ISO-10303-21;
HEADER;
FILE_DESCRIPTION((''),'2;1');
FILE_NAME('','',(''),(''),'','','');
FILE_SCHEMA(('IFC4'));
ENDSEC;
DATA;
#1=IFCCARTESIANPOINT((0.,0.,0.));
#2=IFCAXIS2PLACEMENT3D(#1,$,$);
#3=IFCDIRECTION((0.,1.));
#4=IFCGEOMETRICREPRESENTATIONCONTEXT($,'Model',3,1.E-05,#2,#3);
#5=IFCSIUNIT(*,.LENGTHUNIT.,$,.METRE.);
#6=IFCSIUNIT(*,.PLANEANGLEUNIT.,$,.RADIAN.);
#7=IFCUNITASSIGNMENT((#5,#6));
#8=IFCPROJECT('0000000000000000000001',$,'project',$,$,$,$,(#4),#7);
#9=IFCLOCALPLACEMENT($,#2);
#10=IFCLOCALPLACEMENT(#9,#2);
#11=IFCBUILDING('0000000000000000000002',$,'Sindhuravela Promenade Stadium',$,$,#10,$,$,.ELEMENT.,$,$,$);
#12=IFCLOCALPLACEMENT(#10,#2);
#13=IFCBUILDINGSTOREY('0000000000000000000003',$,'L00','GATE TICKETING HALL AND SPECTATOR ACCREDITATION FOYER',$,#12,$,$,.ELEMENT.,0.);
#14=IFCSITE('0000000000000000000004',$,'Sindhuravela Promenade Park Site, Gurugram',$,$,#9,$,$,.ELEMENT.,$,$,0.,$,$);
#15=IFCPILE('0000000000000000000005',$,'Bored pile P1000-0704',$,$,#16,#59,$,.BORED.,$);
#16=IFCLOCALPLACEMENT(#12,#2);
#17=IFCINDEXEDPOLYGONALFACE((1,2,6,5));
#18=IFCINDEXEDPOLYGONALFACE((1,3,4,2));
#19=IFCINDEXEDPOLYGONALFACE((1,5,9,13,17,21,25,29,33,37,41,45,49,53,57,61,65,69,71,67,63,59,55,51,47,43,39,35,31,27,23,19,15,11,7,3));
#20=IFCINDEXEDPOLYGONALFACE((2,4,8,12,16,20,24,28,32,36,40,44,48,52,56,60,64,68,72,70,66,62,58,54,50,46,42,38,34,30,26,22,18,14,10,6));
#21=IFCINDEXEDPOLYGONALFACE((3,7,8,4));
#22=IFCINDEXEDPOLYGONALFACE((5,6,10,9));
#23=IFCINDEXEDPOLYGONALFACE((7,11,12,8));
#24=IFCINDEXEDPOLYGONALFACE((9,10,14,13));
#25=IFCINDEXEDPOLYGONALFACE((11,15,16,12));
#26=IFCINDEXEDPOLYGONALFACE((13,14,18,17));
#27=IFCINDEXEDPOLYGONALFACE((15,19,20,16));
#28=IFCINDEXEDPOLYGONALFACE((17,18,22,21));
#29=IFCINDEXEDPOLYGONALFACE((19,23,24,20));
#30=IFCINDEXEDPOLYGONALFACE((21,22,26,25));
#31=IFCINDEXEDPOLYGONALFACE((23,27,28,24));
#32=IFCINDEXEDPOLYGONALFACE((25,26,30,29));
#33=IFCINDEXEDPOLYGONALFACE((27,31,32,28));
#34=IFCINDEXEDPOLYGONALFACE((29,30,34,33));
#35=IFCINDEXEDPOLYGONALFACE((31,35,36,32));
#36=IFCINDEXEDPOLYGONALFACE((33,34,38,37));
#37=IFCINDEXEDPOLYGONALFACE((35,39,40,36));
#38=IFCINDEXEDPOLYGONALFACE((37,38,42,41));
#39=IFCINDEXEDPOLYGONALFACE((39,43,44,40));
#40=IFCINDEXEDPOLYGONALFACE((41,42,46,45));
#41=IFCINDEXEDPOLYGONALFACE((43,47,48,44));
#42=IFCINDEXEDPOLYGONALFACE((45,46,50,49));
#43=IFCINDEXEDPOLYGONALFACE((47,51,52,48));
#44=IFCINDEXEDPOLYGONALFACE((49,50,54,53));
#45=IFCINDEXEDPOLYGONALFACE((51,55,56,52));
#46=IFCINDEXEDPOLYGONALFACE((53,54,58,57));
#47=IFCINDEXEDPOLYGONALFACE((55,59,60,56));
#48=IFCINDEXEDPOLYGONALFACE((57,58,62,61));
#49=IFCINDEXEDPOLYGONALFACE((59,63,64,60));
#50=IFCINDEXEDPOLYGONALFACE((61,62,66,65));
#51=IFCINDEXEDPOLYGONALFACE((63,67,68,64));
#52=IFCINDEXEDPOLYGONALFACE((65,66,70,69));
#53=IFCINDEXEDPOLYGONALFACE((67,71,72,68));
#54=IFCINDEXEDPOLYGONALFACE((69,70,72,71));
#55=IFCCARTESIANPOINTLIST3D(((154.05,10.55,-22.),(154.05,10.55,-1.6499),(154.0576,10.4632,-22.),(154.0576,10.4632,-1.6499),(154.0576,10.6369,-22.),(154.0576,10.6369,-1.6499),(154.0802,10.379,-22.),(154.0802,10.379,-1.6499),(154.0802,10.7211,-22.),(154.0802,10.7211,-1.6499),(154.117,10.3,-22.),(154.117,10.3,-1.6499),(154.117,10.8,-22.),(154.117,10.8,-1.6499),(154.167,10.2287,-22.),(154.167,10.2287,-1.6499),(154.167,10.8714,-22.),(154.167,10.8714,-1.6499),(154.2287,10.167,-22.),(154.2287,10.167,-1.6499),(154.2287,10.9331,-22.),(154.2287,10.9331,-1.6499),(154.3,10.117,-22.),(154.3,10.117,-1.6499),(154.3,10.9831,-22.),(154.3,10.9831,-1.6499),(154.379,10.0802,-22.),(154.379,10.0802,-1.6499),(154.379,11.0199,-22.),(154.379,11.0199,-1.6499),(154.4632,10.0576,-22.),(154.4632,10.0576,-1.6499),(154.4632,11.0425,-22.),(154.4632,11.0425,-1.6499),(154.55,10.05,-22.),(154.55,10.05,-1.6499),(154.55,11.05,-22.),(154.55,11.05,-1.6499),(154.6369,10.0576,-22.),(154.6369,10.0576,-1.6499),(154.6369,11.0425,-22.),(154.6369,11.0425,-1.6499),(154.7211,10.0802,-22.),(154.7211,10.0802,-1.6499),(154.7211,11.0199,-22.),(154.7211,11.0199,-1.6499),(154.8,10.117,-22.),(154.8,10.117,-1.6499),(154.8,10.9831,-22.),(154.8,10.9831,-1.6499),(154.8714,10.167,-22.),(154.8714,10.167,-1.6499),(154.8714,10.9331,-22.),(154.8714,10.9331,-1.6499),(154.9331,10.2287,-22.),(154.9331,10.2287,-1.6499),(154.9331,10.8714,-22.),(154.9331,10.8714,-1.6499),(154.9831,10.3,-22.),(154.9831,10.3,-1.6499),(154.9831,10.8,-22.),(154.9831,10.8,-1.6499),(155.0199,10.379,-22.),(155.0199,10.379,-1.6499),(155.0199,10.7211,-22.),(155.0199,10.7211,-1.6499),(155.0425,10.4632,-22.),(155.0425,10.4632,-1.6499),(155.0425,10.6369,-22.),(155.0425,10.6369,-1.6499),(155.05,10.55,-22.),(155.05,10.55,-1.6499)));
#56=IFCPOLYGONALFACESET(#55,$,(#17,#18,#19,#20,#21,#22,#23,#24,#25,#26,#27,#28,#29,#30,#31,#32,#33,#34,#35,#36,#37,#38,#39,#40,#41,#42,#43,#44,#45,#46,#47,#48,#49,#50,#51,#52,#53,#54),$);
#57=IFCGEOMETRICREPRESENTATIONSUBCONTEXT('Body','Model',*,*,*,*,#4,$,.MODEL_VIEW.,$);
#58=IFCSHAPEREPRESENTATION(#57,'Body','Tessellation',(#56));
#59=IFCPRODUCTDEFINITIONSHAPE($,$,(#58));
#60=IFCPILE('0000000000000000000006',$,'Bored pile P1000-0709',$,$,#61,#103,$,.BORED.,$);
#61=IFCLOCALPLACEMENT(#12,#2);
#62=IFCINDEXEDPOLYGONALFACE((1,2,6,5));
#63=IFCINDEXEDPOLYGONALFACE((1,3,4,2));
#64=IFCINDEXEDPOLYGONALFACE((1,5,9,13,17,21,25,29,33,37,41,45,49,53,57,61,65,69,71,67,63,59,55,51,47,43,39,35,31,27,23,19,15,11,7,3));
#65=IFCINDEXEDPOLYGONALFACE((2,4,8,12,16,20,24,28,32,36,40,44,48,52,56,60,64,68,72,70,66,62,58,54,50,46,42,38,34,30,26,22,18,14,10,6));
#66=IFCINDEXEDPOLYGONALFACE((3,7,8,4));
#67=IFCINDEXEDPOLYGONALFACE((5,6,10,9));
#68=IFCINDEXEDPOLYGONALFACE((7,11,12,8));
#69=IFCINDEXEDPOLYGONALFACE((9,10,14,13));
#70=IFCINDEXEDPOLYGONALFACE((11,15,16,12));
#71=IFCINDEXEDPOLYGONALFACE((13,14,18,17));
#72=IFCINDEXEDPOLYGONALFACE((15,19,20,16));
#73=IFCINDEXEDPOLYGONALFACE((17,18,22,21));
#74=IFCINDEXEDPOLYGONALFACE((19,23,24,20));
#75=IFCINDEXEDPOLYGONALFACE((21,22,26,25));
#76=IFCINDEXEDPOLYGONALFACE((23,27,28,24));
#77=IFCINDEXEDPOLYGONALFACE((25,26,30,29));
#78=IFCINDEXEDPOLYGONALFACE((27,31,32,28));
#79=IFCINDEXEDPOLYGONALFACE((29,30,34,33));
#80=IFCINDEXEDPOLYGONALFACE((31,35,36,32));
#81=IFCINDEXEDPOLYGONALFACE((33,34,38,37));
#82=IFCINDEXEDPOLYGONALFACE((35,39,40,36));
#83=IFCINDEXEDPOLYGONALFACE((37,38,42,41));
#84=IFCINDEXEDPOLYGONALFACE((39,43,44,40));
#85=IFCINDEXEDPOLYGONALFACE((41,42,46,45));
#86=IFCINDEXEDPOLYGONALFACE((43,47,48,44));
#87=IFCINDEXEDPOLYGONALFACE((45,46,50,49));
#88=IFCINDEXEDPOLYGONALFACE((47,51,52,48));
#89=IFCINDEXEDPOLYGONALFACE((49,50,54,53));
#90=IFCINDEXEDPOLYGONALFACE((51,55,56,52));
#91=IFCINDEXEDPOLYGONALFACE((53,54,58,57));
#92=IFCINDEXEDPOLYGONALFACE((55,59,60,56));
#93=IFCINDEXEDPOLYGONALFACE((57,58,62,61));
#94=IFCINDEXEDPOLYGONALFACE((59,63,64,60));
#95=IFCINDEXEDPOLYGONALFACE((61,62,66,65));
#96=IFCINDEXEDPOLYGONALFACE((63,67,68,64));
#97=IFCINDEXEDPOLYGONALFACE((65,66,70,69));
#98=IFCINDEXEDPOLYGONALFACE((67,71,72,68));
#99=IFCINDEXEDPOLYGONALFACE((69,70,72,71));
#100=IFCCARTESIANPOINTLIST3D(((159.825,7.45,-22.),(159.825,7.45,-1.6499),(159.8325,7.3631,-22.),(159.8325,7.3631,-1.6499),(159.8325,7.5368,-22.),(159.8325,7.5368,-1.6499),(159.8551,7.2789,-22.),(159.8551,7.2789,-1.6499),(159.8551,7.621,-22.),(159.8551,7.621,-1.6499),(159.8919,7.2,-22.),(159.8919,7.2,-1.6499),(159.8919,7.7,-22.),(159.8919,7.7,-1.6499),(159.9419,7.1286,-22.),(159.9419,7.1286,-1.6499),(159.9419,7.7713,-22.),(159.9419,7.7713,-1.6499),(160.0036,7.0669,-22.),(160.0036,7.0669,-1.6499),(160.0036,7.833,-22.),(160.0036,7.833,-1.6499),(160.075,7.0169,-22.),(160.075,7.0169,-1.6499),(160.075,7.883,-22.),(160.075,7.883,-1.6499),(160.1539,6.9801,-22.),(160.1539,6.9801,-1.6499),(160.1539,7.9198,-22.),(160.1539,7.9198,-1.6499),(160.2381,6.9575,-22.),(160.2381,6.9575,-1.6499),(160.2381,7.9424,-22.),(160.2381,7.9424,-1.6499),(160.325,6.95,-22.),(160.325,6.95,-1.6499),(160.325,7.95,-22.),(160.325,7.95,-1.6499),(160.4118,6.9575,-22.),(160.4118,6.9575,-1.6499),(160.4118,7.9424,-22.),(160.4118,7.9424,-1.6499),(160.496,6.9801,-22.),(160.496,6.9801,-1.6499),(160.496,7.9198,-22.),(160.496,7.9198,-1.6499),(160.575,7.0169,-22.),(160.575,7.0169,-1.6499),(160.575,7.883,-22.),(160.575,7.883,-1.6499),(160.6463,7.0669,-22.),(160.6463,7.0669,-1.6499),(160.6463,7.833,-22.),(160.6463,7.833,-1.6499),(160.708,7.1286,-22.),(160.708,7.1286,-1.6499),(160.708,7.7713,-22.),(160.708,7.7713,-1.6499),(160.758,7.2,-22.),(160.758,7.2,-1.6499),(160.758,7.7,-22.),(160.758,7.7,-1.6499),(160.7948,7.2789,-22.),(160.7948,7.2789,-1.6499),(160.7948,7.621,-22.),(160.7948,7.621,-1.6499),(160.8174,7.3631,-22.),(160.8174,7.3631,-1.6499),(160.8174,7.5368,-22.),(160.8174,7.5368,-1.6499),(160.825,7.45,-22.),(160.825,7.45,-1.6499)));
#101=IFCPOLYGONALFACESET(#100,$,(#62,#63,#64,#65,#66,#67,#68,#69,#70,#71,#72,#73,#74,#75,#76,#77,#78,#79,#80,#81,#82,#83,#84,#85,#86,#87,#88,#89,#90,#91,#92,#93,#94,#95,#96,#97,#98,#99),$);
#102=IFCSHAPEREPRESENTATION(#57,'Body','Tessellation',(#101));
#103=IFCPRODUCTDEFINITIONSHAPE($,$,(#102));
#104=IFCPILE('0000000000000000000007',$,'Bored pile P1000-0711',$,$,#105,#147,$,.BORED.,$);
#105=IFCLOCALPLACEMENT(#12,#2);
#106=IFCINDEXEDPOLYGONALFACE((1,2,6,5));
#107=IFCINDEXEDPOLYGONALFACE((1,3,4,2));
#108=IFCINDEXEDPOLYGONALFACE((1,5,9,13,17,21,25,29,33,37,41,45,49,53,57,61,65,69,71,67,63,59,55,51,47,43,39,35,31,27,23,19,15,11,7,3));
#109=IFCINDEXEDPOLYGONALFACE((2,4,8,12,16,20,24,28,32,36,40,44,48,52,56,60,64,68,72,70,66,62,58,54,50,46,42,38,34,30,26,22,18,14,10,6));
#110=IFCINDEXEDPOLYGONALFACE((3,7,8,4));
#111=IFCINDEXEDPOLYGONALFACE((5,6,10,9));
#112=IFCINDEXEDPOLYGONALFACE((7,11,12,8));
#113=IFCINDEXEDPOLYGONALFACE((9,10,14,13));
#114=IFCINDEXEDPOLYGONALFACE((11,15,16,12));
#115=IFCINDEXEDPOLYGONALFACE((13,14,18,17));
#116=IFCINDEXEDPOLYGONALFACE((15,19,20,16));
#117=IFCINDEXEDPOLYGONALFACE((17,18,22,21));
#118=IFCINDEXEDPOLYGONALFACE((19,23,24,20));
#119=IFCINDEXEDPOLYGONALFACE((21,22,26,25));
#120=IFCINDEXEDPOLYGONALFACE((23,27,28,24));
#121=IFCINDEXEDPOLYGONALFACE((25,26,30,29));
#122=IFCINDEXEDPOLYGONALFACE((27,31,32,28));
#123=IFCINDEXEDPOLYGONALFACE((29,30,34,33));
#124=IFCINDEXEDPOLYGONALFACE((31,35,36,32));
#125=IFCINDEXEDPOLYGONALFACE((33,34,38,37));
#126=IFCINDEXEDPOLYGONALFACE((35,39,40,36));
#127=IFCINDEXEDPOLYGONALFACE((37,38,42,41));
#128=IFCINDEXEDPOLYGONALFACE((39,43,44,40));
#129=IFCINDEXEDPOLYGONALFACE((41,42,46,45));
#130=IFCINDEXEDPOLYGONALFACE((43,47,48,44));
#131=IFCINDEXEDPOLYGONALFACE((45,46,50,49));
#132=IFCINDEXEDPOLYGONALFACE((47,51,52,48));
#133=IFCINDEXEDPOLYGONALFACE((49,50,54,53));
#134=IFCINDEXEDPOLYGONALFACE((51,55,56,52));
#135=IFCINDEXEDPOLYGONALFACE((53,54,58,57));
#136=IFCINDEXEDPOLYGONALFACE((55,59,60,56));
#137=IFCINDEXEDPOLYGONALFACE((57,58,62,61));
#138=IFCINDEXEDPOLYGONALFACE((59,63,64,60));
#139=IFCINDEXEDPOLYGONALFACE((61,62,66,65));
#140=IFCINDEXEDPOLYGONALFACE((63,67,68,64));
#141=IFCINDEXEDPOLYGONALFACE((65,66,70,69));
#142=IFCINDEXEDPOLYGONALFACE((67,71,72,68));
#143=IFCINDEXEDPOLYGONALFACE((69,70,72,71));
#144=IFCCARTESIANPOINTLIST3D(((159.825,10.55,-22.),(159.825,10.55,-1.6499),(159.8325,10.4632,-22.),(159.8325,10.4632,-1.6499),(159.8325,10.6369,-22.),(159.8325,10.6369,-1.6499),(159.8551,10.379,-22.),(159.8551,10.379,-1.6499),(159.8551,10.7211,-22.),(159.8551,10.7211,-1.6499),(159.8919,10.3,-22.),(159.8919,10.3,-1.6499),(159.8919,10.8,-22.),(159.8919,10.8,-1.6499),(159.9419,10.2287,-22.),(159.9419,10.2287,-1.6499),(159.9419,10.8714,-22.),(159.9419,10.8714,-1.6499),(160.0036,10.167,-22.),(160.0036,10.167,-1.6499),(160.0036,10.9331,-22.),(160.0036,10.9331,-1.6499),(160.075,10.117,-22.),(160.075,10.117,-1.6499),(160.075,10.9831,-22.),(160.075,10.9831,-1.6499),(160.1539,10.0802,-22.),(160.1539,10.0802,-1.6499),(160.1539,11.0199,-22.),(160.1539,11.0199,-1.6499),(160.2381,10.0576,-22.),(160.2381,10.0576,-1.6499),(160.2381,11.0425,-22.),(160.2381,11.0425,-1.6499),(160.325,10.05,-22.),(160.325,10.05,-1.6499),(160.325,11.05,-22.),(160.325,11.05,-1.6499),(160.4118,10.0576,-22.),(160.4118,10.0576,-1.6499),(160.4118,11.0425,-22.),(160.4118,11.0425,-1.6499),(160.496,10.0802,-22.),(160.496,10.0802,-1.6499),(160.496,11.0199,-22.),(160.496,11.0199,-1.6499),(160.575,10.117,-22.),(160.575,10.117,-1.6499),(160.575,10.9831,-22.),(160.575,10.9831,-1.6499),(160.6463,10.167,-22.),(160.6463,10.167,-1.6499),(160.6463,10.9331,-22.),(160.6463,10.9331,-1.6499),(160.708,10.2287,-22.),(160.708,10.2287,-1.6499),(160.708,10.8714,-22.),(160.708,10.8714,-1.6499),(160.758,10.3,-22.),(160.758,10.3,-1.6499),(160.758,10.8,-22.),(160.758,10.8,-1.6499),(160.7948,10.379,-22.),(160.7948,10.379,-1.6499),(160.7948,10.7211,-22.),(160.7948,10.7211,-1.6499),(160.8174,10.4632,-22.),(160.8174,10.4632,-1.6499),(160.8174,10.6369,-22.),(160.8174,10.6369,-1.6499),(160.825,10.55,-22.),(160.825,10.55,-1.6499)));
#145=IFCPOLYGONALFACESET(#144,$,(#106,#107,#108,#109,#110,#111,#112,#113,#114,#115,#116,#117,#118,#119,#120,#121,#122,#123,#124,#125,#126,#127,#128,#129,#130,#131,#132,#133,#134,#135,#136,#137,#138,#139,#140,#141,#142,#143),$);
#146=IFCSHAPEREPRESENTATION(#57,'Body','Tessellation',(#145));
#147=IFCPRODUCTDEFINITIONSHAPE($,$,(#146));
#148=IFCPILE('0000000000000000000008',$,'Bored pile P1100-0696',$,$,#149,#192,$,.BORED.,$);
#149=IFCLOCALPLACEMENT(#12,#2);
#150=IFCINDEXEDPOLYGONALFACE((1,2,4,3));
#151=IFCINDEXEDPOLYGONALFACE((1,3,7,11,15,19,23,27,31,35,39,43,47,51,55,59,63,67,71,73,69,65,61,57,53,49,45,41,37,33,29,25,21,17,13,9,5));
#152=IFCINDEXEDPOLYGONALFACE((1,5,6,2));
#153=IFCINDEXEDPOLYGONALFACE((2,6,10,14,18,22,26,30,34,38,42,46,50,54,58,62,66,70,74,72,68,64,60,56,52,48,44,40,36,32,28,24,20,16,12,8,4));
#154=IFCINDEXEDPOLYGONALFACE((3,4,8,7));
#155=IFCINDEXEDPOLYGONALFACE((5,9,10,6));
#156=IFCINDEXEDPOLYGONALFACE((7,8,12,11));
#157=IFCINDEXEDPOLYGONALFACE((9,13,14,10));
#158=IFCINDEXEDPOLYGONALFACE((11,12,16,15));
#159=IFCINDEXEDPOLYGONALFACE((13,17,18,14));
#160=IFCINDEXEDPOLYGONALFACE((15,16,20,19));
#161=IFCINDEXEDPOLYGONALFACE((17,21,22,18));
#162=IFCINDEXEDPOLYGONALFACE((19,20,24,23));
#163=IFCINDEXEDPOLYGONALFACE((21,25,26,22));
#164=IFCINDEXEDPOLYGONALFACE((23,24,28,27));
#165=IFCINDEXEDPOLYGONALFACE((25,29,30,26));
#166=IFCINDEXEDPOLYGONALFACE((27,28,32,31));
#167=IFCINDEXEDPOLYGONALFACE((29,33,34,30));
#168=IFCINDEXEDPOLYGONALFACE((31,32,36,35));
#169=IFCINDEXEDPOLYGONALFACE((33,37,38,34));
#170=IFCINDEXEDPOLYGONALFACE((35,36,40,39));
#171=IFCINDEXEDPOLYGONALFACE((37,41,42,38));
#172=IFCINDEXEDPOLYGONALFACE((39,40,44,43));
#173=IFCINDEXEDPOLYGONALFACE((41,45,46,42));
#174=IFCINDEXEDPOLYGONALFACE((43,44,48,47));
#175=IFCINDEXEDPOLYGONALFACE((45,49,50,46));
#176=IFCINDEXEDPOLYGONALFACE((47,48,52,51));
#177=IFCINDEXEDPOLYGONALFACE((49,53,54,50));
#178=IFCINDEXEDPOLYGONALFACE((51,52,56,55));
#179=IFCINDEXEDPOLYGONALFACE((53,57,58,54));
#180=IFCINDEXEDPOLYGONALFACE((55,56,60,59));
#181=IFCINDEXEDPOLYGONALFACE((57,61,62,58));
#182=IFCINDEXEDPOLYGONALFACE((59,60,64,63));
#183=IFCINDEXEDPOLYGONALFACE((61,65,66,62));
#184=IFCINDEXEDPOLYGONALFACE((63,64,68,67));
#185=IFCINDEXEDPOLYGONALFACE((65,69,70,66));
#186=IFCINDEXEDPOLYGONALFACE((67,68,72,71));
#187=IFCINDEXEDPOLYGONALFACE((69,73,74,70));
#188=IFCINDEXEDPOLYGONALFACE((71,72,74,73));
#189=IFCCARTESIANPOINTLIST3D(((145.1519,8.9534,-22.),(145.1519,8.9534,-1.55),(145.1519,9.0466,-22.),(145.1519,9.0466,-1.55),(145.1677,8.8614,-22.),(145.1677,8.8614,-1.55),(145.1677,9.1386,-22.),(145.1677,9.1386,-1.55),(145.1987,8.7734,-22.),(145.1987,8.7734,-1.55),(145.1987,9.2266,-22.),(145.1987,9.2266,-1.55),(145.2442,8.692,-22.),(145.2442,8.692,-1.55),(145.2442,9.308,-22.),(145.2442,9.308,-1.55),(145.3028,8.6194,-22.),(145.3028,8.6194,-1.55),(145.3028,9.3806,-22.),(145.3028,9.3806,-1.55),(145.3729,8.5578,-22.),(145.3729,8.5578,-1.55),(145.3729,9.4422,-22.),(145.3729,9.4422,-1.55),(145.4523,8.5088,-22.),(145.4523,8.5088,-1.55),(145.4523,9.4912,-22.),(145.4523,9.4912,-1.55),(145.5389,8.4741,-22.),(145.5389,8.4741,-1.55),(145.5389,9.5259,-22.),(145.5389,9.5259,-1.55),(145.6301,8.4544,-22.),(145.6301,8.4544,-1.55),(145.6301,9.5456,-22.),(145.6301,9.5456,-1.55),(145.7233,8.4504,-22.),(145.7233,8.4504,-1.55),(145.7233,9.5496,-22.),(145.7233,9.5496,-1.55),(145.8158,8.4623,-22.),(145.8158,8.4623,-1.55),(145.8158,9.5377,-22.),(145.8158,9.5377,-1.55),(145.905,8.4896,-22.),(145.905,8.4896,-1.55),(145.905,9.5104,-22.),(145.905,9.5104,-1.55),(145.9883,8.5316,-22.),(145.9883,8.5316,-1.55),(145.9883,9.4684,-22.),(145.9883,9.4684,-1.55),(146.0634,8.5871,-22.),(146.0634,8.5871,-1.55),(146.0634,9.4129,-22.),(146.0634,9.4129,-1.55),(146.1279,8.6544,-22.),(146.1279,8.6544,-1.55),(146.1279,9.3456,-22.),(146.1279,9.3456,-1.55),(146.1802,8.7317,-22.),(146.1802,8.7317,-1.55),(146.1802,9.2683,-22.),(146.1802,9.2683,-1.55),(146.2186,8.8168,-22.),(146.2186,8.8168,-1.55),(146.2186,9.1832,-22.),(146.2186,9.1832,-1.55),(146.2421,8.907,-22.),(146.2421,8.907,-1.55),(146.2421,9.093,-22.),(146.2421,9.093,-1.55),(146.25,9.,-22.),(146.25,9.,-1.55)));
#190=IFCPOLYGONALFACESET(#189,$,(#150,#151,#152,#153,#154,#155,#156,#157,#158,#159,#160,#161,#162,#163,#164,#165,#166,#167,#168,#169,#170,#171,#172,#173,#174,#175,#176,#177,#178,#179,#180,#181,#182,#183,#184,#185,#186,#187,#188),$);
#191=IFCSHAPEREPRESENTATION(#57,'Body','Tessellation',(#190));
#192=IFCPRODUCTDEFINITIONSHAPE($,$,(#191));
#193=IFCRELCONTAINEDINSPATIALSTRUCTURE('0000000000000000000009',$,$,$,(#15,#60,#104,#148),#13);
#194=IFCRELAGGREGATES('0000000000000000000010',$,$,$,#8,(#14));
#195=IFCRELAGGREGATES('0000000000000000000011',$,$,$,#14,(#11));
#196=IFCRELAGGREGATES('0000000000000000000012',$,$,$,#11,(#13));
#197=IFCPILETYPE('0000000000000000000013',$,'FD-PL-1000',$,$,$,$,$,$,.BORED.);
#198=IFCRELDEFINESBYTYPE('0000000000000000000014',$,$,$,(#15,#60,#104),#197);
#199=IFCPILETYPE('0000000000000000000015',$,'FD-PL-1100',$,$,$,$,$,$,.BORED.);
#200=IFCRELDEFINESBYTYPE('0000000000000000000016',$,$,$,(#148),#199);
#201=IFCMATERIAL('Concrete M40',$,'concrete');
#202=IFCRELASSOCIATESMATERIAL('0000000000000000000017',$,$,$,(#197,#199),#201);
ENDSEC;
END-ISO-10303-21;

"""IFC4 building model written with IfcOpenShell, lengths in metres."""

from ifc_helpers import new_model, si_unit, direction, frame, origin, origin_2d, place, context, subcontext, project, spatial, circle, extrude, material, material_profile, profile_set, type_object, element, save


model = new_model("IFC4")

# Units and contexts
model_context = context("Model", 3, precision=1e-05, world=origin(), true_north=direction((0.0, 1.0)))
body_context = subcontext(model_context, "Body", "Model", "MODEL_VIEW")
ifc_project = project(units=[si_unit("LENGTHUNIT", "METRE"), si_unit("PLANEANGLEUNIT", "RADIAN")], contexts=[model_context])

# Site, building, storey
site_placement = place(None, origin())
site = spatial("IfcSite", under=ifc_project, at=site_placement, Name="Sindhuravela Promenade Park Site, Gurugram", CompositionType="ELEMENT", RefElevation=0.0)
building_placement = place(site_placement, origin())
building = spatial("IfcBuilding", under=site, at=building_placement, Name="Sindhuravela Promenade Stadium", CompositionType="ELEMENT")
storey_placement = place(building_placement, origin())
storey = spatial("IfcBuildingStorey", under=building, at=storey_placement, Name="L00", Description="GATE TICKETING HALL AND SPECTATOR ACCREDITATION FOYER", CompositionType="ELEMENT", Elevation=0.0)

# Piles
ifc_material_1 = material(Name="Concrete M40", Category="concrete")
ifc_material_profile_1 = material_profile(ifc_material_1, circle(Radius=0.5, at=origin_2d()), Name="BORED PILE D1000")
ifc_profile_set_1 = profile_set([ifc_material_profile_1], Name="Concrete M40")
pile_type_1 = type_object("IfcPileType", Name="FD-PL-1000", PredefinedType="BORED", material=ifc_profile_set_1)
for number, where, z_axis, x_axis, name in (
    (1, (154.55, 10.55, -1.6499), (0.0, 0.0, -1.0), (1.0, 0.0, 0.0), "Bored pile P1000-0704"),
    (2, (160.325, 7.45, -1.6499), (0.0, 0.0, -1.0), (1.0, 0.0, 0.0), "Bored pile P1000-0709"),
    (3, (160.325, 10.55, -1.6499), (0.0, 0.0, -1.0), (1.0, 0.0, 0.0), "Bored pile P1000-0711"),
):
    element("IfcPile", number, at=place(storey_placement, frame(where, z_axis=z_axis, x_axis=x_axis)), inside=storey, type_object=pile_type_1, Name=name, PredefinedType="BORED", context=body_context, shape_type="SweptSolid", body=[
        extrude(circle(Radius=0.5, at=origin_2d()), origin(), (0.0, 0.0, 1.0), 20.3501),
    ])
ifc_material_profile_2 = material_profile(ifc_material_1, circle(Radius=0.55, at=origin_2d()), Name="BORED PILE D1100")
ifc_profile_set_2 = profile_set([ifc_material_profile_2], Name="Concrete M40")
pile_type_2 = type_object("IfcPileType", Name="FD-PL-1100", PredefinedType="BORED", material=ifc_profile_set_2)
pile_placement = place(storey_placement, frame((145.7, 9.0, -1.55), z_axis=(0.0, 0.0, -1.0), x_axis=(1.0, 0.0, 0.0)))
element("IfcPile", 4, at=pile_placement, inside=storey, type_object=pile_type_2, Name="Bored pile P1100-0696", PredefinedType="BORED", context=body_context, shape_type="SweptSolid", body=[
    extrude(circle(Radius=0.55, at=origin_2d()), origin(), (0.0, 0.0, 1.0), 20.45),
])

save(model, "model.ifc")
